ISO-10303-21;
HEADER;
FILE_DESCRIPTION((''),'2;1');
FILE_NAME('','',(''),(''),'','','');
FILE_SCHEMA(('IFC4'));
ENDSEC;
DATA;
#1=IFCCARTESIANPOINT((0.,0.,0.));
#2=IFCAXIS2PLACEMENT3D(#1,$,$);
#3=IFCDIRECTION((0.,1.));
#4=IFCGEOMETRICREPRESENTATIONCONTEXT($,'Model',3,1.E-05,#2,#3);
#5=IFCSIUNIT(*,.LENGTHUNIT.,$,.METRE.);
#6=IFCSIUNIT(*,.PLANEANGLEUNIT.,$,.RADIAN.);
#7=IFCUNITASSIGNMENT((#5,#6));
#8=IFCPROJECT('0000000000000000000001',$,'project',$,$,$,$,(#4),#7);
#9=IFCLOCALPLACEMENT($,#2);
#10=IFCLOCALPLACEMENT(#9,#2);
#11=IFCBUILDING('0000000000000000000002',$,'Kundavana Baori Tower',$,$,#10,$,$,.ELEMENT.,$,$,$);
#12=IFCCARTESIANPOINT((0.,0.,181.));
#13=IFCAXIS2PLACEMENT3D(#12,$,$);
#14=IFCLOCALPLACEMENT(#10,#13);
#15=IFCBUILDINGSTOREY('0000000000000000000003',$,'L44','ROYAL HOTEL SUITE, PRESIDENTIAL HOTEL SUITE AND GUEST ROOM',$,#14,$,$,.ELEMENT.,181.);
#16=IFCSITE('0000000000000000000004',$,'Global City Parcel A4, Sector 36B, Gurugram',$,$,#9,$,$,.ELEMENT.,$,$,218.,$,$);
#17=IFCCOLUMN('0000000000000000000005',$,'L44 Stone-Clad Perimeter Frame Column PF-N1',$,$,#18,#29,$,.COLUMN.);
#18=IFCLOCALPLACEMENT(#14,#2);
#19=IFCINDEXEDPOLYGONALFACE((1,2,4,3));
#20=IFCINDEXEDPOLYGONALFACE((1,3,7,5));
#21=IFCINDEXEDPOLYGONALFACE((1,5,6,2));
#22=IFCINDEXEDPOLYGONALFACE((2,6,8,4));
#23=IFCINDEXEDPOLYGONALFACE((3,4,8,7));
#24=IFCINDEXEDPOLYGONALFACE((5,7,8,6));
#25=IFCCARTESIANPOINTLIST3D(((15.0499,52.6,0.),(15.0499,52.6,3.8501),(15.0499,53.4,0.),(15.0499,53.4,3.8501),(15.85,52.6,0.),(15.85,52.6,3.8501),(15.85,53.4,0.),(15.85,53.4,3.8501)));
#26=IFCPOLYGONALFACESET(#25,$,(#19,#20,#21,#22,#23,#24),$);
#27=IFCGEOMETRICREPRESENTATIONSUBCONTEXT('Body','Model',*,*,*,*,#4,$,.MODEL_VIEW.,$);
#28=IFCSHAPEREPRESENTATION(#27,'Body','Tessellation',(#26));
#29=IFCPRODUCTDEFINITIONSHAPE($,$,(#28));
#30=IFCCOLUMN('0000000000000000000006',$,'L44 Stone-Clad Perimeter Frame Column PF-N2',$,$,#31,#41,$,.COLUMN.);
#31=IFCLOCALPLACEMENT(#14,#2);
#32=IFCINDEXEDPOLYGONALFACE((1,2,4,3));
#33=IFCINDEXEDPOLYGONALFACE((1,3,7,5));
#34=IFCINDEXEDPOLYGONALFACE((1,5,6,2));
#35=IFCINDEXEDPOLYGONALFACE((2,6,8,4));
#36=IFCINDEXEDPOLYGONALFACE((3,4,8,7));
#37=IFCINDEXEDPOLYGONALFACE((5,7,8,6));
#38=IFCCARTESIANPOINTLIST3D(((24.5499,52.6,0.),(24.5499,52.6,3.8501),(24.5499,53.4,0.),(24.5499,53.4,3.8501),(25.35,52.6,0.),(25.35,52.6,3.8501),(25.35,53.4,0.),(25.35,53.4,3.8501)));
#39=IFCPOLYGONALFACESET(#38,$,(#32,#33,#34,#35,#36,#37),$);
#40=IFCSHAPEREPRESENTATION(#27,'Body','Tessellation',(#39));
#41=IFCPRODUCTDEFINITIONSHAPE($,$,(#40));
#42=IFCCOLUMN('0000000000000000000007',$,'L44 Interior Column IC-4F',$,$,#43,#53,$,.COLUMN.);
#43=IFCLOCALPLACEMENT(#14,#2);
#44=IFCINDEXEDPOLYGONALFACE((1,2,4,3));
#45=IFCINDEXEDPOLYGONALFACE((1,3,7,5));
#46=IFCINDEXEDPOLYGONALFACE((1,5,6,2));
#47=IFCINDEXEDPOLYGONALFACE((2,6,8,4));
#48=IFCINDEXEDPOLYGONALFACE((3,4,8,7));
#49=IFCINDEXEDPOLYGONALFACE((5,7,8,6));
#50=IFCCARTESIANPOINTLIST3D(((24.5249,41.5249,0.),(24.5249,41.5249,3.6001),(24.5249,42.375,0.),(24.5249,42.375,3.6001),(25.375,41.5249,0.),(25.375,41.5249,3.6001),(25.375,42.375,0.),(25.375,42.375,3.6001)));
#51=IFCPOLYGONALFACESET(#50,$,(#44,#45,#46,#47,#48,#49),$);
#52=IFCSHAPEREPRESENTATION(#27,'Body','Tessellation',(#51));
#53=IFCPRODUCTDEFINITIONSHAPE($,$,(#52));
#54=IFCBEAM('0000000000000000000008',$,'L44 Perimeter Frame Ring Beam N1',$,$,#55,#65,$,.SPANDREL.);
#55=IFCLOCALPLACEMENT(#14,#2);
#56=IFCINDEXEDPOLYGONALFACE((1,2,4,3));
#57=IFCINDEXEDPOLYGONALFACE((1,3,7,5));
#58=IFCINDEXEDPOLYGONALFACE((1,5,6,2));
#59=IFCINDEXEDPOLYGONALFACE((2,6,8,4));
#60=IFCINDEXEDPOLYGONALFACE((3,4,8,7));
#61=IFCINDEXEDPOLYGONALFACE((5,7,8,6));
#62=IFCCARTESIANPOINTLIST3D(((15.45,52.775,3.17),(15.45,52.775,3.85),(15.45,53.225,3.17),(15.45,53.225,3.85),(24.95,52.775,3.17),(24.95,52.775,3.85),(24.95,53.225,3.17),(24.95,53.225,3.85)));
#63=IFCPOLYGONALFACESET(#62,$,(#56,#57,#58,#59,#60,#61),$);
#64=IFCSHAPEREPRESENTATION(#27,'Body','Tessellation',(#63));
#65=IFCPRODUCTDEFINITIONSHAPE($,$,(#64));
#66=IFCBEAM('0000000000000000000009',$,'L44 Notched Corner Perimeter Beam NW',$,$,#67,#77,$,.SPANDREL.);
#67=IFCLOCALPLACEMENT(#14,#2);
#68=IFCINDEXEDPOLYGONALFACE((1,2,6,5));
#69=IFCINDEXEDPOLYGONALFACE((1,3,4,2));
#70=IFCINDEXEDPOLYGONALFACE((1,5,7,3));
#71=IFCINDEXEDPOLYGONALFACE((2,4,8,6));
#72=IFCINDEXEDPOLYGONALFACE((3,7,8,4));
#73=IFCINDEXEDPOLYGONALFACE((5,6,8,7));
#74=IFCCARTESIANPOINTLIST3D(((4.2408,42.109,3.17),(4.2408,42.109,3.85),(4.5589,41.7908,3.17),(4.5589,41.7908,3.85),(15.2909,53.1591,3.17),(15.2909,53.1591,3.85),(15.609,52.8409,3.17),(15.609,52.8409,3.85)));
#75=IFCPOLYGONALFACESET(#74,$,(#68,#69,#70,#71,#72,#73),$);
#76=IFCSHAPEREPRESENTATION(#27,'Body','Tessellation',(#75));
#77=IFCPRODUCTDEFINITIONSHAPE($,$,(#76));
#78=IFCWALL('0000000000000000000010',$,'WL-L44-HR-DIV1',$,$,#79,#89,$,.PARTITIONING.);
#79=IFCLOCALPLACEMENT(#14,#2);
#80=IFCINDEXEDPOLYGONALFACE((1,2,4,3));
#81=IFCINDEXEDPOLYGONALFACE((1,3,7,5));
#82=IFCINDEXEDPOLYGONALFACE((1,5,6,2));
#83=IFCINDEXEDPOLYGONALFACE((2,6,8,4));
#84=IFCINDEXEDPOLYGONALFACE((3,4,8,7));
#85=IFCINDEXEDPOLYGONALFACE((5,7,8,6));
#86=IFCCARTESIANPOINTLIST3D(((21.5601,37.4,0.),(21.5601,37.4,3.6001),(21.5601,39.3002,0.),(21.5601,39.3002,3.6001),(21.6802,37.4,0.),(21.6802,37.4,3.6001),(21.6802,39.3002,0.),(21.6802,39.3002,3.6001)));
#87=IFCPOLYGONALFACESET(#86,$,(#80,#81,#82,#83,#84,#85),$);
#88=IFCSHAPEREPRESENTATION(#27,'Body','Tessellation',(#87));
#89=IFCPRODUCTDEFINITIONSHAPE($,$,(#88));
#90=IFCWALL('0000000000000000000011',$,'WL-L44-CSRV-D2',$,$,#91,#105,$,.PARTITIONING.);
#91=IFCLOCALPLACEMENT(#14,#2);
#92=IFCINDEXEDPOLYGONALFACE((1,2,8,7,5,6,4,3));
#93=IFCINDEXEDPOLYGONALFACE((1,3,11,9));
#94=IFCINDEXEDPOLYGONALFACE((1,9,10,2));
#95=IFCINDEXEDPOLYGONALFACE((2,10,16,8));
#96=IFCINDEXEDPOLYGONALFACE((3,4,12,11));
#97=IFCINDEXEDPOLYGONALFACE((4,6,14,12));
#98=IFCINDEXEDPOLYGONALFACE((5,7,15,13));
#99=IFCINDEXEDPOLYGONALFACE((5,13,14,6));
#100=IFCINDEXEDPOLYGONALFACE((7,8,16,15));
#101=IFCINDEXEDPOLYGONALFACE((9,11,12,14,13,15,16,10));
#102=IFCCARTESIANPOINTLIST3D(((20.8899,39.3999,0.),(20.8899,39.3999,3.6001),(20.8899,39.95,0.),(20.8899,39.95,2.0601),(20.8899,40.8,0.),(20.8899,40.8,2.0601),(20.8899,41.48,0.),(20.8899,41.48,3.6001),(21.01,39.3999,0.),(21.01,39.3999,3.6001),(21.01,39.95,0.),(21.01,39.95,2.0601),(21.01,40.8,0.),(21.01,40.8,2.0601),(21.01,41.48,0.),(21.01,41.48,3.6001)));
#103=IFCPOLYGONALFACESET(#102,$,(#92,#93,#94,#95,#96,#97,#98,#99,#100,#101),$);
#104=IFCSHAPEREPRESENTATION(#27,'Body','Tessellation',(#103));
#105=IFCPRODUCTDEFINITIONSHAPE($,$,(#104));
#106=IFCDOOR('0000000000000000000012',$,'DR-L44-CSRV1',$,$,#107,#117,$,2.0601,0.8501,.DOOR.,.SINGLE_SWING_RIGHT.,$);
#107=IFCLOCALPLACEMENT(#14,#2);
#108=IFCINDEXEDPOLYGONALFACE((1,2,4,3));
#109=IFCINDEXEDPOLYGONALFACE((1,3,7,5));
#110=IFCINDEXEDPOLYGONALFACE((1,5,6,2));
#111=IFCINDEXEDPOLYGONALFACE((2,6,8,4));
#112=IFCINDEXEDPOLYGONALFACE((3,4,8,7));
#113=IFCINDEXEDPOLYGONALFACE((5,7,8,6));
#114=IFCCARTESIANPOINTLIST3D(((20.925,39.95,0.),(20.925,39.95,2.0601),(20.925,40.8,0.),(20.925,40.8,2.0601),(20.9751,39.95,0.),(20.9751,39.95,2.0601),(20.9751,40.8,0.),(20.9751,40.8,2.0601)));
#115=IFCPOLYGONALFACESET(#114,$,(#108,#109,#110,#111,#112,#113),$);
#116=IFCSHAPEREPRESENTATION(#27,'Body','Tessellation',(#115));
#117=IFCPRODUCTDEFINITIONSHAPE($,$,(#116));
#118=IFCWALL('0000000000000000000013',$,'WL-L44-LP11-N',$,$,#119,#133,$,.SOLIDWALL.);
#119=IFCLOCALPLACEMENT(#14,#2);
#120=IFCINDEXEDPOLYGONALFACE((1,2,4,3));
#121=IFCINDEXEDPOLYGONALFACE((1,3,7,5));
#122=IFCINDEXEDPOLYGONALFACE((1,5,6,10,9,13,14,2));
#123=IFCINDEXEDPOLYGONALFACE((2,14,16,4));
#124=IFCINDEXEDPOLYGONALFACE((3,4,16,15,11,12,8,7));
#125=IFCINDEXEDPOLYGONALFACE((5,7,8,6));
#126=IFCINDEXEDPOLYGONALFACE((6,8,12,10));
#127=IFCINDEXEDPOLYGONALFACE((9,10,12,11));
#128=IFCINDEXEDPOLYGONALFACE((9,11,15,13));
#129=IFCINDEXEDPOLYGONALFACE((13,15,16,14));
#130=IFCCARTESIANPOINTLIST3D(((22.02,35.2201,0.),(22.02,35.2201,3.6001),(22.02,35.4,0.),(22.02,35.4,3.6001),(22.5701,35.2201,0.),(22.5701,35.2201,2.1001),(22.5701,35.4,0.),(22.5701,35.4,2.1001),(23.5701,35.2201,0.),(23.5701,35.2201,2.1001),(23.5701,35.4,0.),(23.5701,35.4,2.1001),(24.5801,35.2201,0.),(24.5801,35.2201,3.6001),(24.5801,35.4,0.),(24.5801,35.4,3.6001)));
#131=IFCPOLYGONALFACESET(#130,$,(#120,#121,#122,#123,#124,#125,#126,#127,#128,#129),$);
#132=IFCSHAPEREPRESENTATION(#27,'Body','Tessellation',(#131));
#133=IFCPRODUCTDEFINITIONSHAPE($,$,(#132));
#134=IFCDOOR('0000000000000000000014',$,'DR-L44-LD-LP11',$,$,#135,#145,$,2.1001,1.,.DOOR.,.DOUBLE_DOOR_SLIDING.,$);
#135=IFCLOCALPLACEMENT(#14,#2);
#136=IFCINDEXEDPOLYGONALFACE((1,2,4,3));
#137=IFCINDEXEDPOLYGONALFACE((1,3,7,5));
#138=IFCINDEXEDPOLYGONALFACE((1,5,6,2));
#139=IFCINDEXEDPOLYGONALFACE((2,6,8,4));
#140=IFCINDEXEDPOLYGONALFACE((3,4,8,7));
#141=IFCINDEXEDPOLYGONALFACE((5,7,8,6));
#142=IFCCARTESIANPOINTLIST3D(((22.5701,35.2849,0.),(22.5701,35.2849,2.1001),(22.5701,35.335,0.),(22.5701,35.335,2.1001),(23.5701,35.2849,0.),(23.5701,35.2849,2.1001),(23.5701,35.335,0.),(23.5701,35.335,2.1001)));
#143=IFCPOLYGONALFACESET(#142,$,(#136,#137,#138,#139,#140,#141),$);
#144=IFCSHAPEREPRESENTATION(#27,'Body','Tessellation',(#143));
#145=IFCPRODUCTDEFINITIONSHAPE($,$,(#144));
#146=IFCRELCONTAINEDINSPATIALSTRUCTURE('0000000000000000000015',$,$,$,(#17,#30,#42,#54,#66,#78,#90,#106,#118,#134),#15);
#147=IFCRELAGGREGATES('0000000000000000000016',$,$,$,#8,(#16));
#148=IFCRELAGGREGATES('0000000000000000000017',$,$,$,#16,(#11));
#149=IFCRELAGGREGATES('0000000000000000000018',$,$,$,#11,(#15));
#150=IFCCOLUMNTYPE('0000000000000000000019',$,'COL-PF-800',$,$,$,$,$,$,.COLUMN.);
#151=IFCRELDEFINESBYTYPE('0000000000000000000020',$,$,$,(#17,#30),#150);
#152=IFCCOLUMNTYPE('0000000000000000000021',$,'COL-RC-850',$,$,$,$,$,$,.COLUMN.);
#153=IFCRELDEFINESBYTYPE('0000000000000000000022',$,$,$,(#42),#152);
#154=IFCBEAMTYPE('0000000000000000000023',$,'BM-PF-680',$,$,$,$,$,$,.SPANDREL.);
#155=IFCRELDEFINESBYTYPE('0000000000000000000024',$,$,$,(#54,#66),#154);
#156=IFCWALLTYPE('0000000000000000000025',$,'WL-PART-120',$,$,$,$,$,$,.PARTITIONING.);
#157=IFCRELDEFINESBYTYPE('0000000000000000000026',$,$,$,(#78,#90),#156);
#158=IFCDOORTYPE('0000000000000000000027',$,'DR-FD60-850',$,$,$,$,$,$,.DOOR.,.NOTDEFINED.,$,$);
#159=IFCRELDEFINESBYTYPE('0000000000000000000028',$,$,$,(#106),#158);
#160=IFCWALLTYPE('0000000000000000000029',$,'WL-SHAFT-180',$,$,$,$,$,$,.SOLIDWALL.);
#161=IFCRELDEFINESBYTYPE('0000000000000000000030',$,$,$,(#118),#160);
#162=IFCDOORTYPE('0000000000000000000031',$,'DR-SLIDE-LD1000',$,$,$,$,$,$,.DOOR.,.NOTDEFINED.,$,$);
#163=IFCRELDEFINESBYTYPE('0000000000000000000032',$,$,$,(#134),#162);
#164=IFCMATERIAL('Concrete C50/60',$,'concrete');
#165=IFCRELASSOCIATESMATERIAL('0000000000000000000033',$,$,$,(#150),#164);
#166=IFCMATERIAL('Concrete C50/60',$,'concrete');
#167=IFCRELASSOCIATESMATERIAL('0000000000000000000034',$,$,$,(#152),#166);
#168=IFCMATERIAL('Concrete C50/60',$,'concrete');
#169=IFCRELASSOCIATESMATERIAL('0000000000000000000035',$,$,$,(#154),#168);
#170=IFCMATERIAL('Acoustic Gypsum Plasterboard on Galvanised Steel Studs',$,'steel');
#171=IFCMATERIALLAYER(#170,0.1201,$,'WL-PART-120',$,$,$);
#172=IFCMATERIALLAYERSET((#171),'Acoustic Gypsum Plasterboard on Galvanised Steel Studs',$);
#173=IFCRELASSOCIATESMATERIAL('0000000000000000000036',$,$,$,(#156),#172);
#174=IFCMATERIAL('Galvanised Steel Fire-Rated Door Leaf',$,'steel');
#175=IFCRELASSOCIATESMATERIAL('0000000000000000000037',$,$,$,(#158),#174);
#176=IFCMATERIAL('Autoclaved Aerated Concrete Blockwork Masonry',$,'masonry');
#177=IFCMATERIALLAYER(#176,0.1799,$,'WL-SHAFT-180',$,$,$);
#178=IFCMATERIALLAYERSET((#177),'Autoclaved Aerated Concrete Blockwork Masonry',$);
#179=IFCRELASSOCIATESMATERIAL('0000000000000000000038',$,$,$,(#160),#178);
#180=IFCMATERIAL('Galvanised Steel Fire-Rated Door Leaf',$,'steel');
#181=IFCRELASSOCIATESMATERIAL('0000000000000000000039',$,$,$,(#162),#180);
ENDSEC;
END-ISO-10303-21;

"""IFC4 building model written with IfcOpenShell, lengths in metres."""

from ifc_helpers import new_model, si_unit, direction, frame, frame_2d, origin, origin_2d, place, context, subcontext, project, spatial, rectangle, extrude, material, layer, layer_set, material_profile, profile_set, type_object, element, fill, save


model = new_model("IFC4")

# Units and contexts
model_context = context("Model", 3, precision=1e-05, world=origin(), true_north=direction((0.0, 1.0)))
body_context = subcontext(model_context, "Body", "Model", "MODEL_VIEW")
ifc_project = project(units=[si_unit("LENGTHUNIT", "METRE"), si_unit("PLANEANGLEUNIT", "RADIAN")], contexts=[model_context])

# Site, building, storey
site_placement = place(None, origin())
site = spatial("IfcSite", under=ifc_project, at=site_placement, Name="Global City Parcel A4, Sector 36B, Gurugram", CompositionType="ELEMENT", RefElevation=218.0)
building_placement = place(site_placement, origin())
building = spatial("IfcBuilding", under=site, at=building_placement, Name="Kundavana Baori Tower", CompositionType="ELEMENT")
storey_placement = place(building_placement, frame((0.0, 0.0, 181.0)))
storey = spatial("IfcBuildingStorey", under=building, at=storey_placement, Name="L44", Description="ROYAL HOTEL SUITE, PRESIDENTIAL HOTEL SUITE AND GUEST ROOM", CompositionType="ELEMENT", Elevation=181.0)

# Columns
ifc_material_1 = material(Name="Concrete C50/60", Category="concrete")
ifc_material_profile_1 = material_profile(ifc_material_1, rectangle(XDim=0.8, YDim=0.8, at=origin_2d()), Name="RC PF 800x800")
ifc_profile_set_1 = profile_set([ifc_material_profile_1], Name="Concrete C50/60")
column_type_1 = type_object("IfcColumnType", Name="COL-PF-800", PredefinedType="COLUMN", material=ifc_profile_set_1)
for number, where, z_axis, x_axis, name in (
    (1, (15.45, 53.0, 0.0), (0.0, 0.0, 1.0), (1.0, 0.0, 0.0), "L44 Stone-Clad Perimeter Frame Column PF-N1"),
    (2, (24.95, 53.0, 0.0), (0.0, 0.0, 1.0), (1.0, 0.0, 0.0), "L44 Stone-Clad Perimeter Frame Column PF-N2"),
):
    element("IfcColumn", number, at=place(storey_placement, frame(where, z_axis=z_axis, x_axis=x_axis)), inside=storey, type_object=column_type_1, Name=name, PredefinedType="COLUMN", context=body_context, shape_type="SweptSolid", body=[
        extrude(rectangle(XDim=0.8, YDim=0.8, at=origin_2d()), origin(), (0.0, 0.0, 1.0), 3.8501),
    ])
ifc_material_2 = material(Name="Concrete C50/60", Category="concrete")
ifc_material_profile_2 = material_profile(ifc_material_2, rectangle(XDim=0.8501, YDim=0.8501, at=origin_2d()), Name="RC 850x850")
ifc_profile_set_2 = profile_set([ifc_material_profile_2], Name="Concrete C50/60")
column_type_2 = type_object("IfcColumnType", Name="COL-RC-850", PredefinedType="COLUMN", material=ifc_profile_set_2)
column_placement = place(storey_placement, frame((24.95, 41.95, 0.0), z_axis=(0.0, 0.0, 1.0), x_axis=(1.0, 0.0, 0.0)))
element("IfcColumn", 3, at=column_placement, inside=storey, type_object=column_type_2, Name="L44 Interior Column IC-4F", PredefinedType="COLUMN", context=body_context, shape_type="SweptSolid", body=[
    extrude(rectangle(XDim=0.8501, YDim=0.8501, at=origin_2d()), origin(), (0.0, 0.0, 1.0), 3.6001),
])

# Beams
ifc_material_3 = material(Name="Concrete C50/60", Category="concrete")
ifc_material_profile_3 = material_profile(ifc_material_3, rectangle(XDim=0.45, YDim=0.6799, at=origin_2d()), Name="RC BM 450x680")
ifc_profile_set_3 = profile_set([ifc_material_profile_3], Name="Concrete C50/60")
beam_type = type_object("IfcBeamType", Name="BM-PF-680", PredefinedType="SPANDREL", material=ifc_profile_set_3)
beam_1_placement = place(storey_placement, frame((15.45, 53.0, 3.51), z_axis=(1.0, 0.0, 0.0), x_axis=(0.0, 1.0, 0.0)))
element("IfcBeam", 4, at=beam_1_placement, inside=storey, type_object=beam_type, Name="L44 Perimeter Frame Ring Beam N1", PredefinedType="SPANDREL", context=body_context, shape_type="SweptSolid", body=[
    extrude(rectangle(XDim=0.45, YDim=0.6799, at=origin_2d()), origin(), (0.0, 0.0, 1.0), 9.5),
])
beam_2_placement = place(storey_placement, frame((15.45, 53.0, 3.51), z_axis=(-0.707107, -0.707107, 0.0), x_axis=(0.707107, -0.707107, 0.0)))
element("IfcBeam", 5, at=beam_2_placement, inside=storey, type_object=beam_type, Name="L44 Notched Corner Perimeter Beam NW", PredefinedType="SPANDREL", context=body_context, shape_type="SweptSolid", body=[
    extrude(rectangle(XDim=0.45, YDim=0.6799, at=origin_2d()), origin(), (0.0, 0.0, 1.0), 15.6272),
])

# Wall
ifc_material_4 = material(Name="Acoustic Gypsum Plasterboard on Galvanised Steel Studs", Category="steel")
ifc_layer_1 = layer(ifc_material_4, 0.1201, Name="WL-PART-120")
ifc_layer_set_1 = layer_set([ifc_layer_1], Name="Acoustic Gypsum Plasterboard on Galvanised Steel Studs")
wall_type_1 = type_object("IfcWallType", Name="WL-PART-120", PredefinedType="PARTITIONING", material=ifc_layer_set_1)
wall_1_placement = place(storey_placement, frame((21.6201, 37.3999, 0.0), z_axis=(0.0, 0.0, 1.0), x_axis=(0.0, 1.0, 0.0)))
element("IfcWall", 6, at=wall_1_placement, inside=storey, type_object=wall_type_1, Name="WL-L44-HR-DIV1", PredefinedType="PARTITIONING", context=body_context, shape_type="SweptSolid", body=[
    extrude(rectangle(XDim=1.9001, YDim=0.1201, at=frame_2d((0.9502, 0.0))), origin(), (0.0, 0.0, 1.0), 3.6001),
])

# Walls, openings, doors
wall_2_placement = place(storey_placement, frame((20.95, 39.3999, 0.0), z_axis=(0.0, 0.0, 1.0), x_axis=(0.0, 1.0, 0.0)))
wall_2 = element("IfcWall", 7, at=wall_2_placement, inside=storey, type_object=wall_type_1, Name="WL-L44-CSRV-D2", PredefinedType="PARTITIONING", context=body_context, shape_type="SweptSolid", body=[
    extrude(rectangle(XDim=2.0801, YDim=0.1201, at=frame_2d((1.04, 0.0))), origin(), (0.0, 0.0, 1.0), 3.6001),
])
opening_1_placement = place(wall_2_placement, frame((0.55, 0.0, 0.0)))
opening_1 = element("IfcOpeningElement", 8, at=opening_1_placement, cuts=wall_2, PredefinedType="OPENING", context=body_context, shape_type="SweptSolid", body=[
    extrude(rectangle(XDim=0.8501, YDim=2.0601, at=frame_2d((0.425, 1.03))), frame((0.0, 0.0701, 0.0), z_axis=(0.0, -1.0, 0.0), x_axis=(1.0, 0.0, 0.0)), (0.0, 0.0, 1.0), 0.1401),
])
ifc_material_5 = material(Name="Galvanised Steel Fire-Rated Door Leaf", Category="steel")
door_type_1 = type_object("IfcDoorType", Name="DR-FD60-850", OperationType="NOTDEFINED", PredefinedType="DOOR", material=ifc_material_5)
door_1_placement = place(opening_1_placement, origin())
door_1 = element("IfcDoor", 9, at=door_1_placement, inside=storey, type_object=door_type_1, Name="DR-L44-CSRV1", OperationType="SINGLE_SWING_RIGHT", OverallHeight=2.0601, OverallWidth=0.8501, PredefinedType="DOOR", context=body_context, shape_type="SweptSolid", body=[
    extrude(rectangle(XDim=0.8501, YDim=2.0601, at=frame_2d((0.425, 1.03))), frame((0.0, 0.0249, 0.0), z_axis=(0.0, -1.0, 0.0), x_axis=(1.0, 0.0, 0.0)), (0.0, 0.0, 1.0), 0.05),
])
fill(opening_1, door_1)
ifc_material_6 = material(Name="Autoclaved Aerated Concrete Blockwork Masonry", Category="masonry")
ifc_layer_2 = layer(ifc_material_6, 0.1799, Name="WL-SHAFT-180")
ifc_layer_set_2 = layer_set([ifc_layer_2], Name="Autoclaved Aerated Concrete Blockwork Masonry")
wall_type_2 = type_object("IfcWallType", Name="WL-SHAFT-180", PredefinedType="SOLIDWALL", material=ifc_layer_set_2)
wall_3_placement = place(storey_placement, frame((22.02, 35.3101, 0.0), z_axis=(0.0, 0.0, 1.0), x_axis=(1.0, 0.0, 0.0)))
wall_3 = element("IfcWall", 10, at=wall_3_placement, inside=storey, type_object=wall_type_2, Name="WL-L44-LP11-N", PredefinedType="SOLIDWALL", context=body_context, shape_type="SweptSolid", body=[
    extrude(rectangle(XDim=2.5601, YDim=0.1799, at=frame_2d((1.28, 0.0))), origin(), (0.0, 0.0, 1.0), 3.6001),
])
opening_2_placement = place(wall_3_placement, frame((0.55, 0.0, 0.0)))
opening_2 = element("IfcOpeningElement", 11, at=opening_2_placement, cuts=wall_3, PredefinedType="OPENING", context=body_context, shape_type="SweptSolid", body=[
    extrude(rectangle(XDim=1.0, YDim=2.1001, at=frame_2d((0.5, 1.05))), frame((0.0, 0.1001, 0.0), z_axis=(0.0, -1.0, 0.0), x_axis=(1.0, 0.0, 0.0)), (0.0, 0.0, 1.0), 0.2),
])
ifc_material_7 = material(Name="Galvanised Steel Fire-Rated Door Leaf", Category="steel")
door_type_2 = type_object("IfcDoorType", Name="DR-SLIDE-LD1000", OperationType="NOTDEFINED", PredefinedType="DOOR", material=ifc_material_7)
door_2_placement = place(opening_2_placement, origin())
door_2 = element("IfcDoor", 12, at=door_2_placement, inside=storey, type_object=door_type_2, Name="DR-L44-LD-LP11", OperationType="DOUBLE_DOOR_SLIDING", OverallHeight=2.1001, OverallWidth=1.0, PredefinedType="DOOR", context=body_context, shape_type="SweptSolid", body=[
    extrude(rectangle(XDim=1.0, YDim=2.1001, at=frame_2d((0.5, 1.05))), frame((0.0, 0.0249, 0.0), z_axis=(0.0, -1.0, 0.0), x_axis=(1.0, 0.0, 0.0)), (0.0, 0.0, 1.0), 0.05),
])
fill(opening_2, door_2)

save(model, "model.ifc")
